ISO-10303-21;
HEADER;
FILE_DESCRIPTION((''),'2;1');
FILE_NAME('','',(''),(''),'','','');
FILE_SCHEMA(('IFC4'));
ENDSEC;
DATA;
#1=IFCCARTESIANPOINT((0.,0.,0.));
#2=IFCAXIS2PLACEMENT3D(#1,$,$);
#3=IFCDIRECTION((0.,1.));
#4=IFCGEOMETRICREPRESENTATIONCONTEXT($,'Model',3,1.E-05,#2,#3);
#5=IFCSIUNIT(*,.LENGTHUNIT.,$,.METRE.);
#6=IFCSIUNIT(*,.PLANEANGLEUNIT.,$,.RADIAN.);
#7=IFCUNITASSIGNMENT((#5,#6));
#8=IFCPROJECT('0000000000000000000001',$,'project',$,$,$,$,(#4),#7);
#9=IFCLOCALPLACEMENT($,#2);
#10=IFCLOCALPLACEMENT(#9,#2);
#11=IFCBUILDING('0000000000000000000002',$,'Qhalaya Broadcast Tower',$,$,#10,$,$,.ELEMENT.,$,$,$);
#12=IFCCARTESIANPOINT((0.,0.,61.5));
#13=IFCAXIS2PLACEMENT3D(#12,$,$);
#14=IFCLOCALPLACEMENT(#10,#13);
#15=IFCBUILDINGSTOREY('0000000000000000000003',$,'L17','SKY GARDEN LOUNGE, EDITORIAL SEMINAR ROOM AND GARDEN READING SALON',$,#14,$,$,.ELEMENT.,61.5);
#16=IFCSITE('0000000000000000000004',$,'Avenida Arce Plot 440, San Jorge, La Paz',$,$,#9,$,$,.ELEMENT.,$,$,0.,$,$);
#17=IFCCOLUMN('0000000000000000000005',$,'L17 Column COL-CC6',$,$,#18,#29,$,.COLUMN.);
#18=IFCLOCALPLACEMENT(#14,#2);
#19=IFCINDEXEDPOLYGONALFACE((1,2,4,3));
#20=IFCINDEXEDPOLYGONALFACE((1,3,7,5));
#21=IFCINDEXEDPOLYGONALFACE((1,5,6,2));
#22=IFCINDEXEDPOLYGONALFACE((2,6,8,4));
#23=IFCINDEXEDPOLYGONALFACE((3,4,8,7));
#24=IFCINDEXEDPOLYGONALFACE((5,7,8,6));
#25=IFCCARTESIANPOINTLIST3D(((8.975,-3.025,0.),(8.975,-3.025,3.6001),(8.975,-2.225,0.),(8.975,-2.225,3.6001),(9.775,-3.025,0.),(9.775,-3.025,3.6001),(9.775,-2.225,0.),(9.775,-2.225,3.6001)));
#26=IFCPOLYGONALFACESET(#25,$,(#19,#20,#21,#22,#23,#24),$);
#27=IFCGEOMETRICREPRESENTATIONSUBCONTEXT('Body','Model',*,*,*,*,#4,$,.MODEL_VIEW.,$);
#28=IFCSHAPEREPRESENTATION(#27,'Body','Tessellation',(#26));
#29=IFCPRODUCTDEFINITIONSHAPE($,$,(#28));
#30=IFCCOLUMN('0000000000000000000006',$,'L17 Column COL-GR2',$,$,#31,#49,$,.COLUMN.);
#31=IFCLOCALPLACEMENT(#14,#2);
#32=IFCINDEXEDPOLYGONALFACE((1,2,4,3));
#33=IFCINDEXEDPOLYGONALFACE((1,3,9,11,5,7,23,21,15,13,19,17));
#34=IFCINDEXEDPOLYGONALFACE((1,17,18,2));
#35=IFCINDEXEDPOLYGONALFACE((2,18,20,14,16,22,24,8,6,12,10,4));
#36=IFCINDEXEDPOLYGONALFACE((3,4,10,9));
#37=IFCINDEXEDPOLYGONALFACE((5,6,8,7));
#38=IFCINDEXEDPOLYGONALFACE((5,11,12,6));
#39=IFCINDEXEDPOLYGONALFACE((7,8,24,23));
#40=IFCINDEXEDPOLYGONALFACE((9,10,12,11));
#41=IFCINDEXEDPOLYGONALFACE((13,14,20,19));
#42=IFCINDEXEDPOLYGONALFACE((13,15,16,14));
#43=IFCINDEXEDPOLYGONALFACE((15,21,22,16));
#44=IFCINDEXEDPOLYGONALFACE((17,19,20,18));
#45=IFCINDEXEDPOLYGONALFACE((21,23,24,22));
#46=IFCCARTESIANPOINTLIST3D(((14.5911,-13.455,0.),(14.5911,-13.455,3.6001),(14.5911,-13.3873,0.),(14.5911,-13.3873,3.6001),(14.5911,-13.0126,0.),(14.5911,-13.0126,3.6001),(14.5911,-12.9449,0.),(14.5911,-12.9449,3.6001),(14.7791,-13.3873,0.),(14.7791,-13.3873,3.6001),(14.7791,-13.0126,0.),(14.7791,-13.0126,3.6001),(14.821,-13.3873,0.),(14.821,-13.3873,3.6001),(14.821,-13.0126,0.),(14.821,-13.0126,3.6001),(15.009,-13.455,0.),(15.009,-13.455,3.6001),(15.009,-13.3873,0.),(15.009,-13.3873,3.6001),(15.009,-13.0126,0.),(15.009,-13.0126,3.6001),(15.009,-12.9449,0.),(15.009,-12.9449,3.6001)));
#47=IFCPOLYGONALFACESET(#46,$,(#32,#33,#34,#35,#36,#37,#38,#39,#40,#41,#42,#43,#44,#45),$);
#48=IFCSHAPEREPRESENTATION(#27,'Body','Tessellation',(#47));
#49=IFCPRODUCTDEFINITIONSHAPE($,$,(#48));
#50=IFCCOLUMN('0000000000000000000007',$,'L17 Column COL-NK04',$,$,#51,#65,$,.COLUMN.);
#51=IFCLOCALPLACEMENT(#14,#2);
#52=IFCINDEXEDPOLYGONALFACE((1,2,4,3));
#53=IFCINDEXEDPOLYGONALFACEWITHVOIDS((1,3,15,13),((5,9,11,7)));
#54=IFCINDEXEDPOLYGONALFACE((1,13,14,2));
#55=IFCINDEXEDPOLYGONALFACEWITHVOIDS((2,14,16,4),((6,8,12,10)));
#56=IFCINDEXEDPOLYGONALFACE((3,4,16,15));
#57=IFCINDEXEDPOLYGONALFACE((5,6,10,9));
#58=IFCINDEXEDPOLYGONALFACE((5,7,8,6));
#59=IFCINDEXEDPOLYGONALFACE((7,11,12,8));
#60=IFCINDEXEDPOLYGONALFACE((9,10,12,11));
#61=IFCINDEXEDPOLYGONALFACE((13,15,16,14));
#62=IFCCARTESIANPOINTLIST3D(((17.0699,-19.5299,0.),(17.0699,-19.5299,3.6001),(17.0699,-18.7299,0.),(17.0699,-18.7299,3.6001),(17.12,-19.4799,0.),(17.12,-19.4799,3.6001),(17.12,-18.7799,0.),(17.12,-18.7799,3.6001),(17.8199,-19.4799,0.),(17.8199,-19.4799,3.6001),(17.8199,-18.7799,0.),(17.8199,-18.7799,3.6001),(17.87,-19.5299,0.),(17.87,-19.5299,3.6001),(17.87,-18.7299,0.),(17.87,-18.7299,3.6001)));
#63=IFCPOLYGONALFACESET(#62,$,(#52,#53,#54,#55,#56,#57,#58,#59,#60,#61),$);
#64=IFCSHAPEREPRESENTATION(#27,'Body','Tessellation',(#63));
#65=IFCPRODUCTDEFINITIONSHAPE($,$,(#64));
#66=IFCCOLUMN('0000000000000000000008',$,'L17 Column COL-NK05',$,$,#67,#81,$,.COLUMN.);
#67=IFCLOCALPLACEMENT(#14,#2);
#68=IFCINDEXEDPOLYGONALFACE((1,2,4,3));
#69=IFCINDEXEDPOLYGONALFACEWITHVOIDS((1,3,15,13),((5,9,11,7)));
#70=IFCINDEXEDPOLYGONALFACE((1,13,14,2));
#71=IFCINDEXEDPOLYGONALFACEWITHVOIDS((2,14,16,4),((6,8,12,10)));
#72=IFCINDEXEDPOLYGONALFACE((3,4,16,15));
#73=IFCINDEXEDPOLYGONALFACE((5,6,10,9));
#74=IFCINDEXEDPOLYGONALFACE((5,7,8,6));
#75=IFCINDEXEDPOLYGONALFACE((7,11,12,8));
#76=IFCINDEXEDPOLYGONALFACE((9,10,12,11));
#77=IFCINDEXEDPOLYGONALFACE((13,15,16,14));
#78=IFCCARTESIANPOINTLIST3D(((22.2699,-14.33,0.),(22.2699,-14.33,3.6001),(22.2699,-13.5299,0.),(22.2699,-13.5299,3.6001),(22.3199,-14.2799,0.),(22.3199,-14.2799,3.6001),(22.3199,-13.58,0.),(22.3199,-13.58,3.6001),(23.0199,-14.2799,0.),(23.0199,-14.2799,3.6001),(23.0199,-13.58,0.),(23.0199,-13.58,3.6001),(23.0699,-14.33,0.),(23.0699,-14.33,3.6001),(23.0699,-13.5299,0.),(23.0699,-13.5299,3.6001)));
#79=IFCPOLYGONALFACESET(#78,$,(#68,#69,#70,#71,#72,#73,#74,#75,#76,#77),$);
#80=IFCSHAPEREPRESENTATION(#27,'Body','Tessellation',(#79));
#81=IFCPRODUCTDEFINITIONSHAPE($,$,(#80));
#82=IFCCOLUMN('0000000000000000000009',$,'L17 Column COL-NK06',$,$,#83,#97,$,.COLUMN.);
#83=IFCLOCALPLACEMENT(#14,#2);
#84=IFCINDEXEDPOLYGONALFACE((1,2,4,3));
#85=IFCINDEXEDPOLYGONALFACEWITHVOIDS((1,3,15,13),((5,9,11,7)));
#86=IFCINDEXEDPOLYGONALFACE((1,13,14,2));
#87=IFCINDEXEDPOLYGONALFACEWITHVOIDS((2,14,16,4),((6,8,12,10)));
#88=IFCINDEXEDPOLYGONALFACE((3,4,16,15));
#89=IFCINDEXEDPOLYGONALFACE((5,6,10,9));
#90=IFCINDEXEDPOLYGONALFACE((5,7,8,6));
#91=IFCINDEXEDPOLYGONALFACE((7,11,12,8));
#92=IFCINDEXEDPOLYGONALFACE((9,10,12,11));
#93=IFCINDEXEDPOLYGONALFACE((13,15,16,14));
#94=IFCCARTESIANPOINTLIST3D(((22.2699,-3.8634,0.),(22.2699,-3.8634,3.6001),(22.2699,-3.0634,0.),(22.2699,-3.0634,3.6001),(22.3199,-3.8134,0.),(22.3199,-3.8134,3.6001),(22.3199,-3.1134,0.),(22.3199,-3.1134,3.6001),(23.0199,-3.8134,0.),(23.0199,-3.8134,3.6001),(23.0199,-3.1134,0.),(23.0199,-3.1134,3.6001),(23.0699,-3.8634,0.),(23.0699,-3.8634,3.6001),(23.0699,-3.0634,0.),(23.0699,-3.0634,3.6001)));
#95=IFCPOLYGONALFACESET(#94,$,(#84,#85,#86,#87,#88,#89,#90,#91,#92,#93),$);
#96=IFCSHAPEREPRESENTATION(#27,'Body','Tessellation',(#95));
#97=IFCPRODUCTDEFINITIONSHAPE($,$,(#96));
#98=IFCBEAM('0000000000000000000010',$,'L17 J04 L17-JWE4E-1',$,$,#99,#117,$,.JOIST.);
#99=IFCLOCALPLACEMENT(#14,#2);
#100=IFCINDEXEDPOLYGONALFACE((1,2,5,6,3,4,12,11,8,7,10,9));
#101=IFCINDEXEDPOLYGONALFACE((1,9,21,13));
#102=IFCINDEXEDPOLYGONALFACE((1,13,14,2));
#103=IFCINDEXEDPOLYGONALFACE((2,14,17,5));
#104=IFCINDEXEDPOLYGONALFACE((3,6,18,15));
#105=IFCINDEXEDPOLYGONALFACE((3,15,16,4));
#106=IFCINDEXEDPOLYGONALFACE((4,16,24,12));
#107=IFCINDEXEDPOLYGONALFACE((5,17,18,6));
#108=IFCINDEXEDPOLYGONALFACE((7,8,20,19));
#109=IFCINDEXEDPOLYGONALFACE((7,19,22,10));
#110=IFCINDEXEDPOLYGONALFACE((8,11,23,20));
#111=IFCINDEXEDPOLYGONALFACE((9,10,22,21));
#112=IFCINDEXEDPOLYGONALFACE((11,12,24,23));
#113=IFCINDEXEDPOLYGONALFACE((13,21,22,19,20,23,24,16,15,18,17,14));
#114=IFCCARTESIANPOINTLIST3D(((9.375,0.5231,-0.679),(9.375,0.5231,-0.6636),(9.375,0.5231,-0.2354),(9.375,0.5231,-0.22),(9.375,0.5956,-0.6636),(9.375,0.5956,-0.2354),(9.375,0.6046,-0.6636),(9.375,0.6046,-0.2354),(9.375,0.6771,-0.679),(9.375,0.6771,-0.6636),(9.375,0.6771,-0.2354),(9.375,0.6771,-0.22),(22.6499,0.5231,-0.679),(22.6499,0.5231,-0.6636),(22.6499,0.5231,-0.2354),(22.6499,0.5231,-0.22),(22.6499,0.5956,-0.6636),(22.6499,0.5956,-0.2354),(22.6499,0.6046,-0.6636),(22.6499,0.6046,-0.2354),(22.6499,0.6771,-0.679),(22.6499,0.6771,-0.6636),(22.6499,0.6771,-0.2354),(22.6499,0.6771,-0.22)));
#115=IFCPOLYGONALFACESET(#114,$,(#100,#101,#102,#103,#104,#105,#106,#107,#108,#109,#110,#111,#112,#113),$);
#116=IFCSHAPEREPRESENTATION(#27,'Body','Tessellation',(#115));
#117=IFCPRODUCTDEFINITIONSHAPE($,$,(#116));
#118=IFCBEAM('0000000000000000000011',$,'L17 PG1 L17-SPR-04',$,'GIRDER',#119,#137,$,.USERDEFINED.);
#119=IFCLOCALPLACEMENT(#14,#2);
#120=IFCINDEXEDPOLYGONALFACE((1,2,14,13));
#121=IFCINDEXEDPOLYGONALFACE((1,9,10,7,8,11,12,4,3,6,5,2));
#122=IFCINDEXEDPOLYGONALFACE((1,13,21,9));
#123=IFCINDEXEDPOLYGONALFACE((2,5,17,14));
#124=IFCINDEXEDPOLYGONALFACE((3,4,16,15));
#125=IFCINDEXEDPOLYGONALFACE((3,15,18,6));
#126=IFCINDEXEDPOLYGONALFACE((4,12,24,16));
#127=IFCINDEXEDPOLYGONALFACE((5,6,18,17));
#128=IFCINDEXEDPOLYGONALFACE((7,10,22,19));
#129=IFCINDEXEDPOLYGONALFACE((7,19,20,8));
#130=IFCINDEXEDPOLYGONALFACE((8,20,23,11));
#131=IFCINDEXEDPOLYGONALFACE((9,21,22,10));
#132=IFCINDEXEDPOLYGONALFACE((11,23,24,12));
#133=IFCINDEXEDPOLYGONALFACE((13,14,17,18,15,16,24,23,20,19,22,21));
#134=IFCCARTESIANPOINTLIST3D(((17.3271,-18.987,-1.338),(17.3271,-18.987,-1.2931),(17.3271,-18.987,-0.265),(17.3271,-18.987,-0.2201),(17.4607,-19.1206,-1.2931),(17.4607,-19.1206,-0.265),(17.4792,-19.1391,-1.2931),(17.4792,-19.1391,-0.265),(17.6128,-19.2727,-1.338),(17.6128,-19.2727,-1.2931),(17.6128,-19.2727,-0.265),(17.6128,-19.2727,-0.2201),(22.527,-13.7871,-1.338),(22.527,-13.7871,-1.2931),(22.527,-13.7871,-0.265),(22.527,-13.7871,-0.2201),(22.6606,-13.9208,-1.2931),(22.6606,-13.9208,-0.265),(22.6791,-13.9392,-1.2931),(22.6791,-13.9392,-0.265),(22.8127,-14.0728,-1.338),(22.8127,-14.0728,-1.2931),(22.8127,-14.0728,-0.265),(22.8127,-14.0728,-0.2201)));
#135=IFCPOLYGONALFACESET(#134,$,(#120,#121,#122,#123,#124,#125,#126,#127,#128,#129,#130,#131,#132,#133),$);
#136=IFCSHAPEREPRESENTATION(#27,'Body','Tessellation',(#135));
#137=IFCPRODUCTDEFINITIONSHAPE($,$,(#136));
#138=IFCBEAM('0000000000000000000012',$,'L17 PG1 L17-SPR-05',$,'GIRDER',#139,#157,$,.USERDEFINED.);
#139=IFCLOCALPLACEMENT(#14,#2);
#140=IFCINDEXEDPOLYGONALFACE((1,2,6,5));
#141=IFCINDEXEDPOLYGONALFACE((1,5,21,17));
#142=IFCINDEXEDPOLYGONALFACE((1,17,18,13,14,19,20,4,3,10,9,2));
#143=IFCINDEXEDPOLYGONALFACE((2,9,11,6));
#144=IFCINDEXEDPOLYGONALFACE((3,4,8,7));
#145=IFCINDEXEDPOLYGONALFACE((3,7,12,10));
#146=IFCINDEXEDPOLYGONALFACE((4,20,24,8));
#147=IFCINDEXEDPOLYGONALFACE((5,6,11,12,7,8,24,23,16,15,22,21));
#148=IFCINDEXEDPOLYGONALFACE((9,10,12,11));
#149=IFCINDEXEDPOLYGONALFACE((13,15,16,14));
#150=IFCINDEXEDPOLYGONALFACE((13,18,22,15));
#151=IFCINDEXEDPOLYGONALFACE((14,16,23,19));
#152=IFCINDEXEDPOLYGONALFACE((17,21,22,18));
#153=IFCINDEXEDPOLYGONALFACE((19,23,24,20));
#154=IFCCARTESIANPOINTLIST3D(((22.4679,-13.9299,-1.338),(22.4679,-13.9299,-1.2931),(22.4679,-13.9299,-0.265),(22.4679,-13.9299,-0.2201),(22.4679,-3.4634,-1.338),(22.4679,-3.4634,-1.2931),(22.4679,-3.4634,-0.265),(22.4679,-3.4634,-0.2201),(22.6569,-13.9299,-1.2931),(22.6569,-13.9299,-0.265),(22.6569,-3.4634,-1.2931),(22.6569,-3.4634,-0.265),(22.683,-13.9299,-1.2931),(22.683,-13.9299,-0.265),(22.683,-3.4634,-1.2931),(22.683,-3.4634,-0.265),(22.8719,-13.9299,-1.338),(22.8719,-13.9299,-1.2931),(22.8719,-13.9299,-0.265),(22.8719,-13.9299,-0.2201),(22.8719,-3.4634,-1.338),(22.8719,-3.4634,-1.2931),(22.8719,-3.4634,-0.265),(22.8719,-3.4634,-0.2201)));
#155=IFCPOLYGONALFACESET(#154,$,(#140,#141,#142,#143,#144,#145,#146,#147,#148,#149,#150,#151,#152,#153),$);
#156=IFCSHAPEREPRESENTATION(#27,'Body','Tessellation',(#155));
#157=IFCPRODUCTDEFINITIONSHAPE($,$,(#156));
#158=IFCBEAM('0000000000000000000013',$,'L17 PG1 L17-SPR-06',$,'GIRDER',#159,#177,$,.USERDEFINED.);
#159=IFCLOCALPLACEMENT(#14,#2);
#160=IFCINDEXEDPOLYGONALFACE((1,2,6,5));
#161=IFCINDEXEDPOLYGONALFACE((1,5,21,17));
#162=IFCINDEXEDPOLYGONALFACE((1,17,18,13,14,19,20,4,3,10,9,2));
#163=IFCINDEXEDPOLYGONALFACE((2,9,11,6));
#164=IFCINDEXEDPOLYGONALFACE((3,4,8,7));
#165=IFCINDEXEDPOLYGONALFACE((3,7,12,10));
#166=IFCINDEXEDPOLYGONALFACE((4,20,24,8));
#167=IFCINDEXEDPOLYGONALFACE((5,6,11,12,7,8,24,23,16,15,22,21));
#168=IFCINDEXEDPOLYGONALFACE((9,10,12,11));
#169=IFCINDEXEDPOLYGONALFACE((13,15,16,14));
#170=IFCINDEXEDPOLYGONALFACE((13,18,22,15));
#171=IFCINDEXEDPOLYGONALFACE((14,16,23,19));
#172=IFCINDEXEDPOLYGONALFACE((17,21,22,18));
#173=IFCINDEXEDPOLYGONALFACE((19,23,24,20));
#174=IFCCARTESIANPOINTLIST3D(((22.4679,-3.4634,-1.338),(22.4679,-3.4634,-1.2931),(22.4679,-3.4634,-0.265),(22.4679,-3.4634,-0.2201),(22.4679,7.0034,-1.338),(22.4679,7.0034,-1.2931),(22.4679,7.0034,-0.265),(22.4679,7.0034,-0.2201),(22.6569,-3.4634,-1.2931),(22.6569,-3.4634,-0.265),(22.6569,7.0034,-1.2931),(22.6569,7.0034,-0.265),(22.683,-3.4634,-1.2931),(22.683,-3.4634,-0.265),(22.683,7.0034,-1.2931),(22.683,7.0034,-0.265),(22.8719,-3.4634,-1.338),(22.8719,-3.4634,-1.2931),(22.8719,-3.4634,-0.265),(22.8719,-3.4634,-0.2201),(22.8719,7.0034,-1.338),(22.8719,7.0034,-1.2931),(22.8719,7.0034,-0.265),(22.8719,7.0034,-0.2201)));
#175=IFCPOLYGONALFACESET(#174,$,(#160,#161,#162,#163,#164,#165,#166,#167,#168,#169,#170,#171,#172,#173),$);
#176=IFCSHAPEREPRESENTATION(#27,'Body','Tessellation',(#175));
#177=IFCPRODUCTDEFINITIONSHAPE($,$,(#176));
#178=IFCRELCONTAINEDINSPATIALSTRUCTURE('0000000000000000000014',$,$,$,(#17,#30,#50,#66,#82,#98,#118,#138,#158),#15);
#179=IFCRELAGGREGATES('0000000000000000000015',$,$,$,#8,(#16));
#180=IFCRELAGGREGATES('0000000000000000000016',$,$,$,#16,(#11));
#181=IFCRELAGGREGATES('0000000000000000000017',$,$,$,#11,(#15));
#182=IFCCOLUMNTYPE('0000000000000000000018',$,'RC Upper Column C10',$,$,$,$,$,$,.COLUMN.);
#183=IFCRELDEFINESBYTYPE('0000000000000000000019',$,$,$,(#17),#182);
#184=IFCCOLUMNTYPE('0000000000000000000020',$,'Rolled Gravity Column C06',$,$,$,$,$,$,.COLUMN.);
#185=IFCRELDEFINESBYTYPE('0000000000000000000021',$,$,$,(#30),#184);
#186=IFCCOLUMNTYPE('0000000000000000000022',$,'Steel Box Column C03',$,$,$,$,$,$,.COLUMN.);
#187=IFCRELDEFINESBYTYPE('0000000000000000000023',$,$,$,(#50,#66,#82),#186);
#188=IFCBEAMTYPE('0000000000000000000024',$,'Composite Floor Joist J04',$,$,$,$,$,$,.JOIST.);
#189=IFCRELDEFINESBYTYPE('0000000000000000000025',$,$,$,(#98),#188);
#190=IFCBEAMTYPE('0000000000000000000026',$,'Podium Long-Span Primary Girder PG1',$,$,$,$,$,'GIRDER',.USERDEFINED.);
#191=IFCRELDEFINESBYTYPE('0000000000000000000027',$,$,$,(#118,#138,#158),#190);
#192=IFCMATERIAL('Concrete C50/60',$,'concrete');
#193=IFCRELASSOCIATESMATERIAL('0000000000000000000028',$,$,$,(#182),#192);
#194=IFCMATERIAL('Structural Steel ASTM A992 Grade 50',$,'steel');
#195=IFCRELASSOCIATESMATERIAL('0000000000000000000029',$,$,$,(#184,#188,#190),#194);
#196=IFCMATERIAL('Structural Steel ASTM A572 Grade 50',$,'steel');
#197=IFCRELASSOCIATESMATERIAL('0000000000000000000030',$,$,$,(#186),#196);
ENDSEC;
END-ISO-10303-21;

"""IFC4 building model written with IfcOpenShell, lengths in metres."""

from ifc_helpers import new_model, si_unit, direction, frame, origin, origin_2d, place, context, subcontext, project, spatial, rectangle, hollow_rectangle, i_section, extrude, material, material_profile, profile_set, type_object, element, save


model = new_model("IFC4")

# Units and contexts
model_context = context("Model", 3, precision=1e-05, world=origin(), true_north=direction((0.0, 1.0)))
body_context = subcontext(model_context, "Body", "Model", "MODEL_VIEW")
ifc_project = project(units=[si_unit("LENGTHUNIT", "METRE"), si_unit("PLANEANGLEUNIT", "RADIAN")], contexts=[model_context])

# Site, building, storey
site_placement = place(None, origin())
site = spatial("IfcSite", under=ifc_project, at=site_placement, Name="Avenida Arce Plot 440, San Jorge, La Paz", CompositionType="ELEMENT", RefElevation=0.0)
building_placement = place(site_placement, origin())
building = spatial("IfcBuilding", under=site, at=building_placement, Name="Qhalaya Broadcast Tower", CompositionType="ELEMENT")
storey_placement = place(building_placement, frame((0.0, 0.0, 61.5)))
storey = spatial("IfcBuildingStorey", under=building, at=storey_placement, Name="L17", Description="SKY GARDEN LOUNGE, EDITORIAL SEMINAR ROOM AND GARDEN READING SALON", CompositionType="ELEMENT", Elevation=61.5)

# Columns
ifc_material_1 = material(Name="Concrete C50/60", Category="concrete")
ifc_material_profile_1 = material_profile(ifc_material_1, rectangle(XDim=0.8, YDim=0.8, at=origin_2d()), Name="RC-COL 800x800")
ifc_profile_set_1 = profile_set([ifc_material_profile_1], Name="Concrete C50/60")
column_type_1 = type_object("IfcColumnType", Name="RC Upper Column C10", PredefinedType="COLUMN", material=ifc_profile_set_1)
column_1_placement = place(storey_placement, frame((9.375, -2.625, 0.0), z_axis=(0.0, 0.0, 1.0), x_axis=(1.0, 0.0, 0.0)))
element("IfcColumn", 1, at=column_1_placement, inside=storey, type_object=column_type_1, Name="L17 Column COL-CC6", PredefinedType="COLUMN", context=body_context, shape_type="SweptSolid", body=[
    extrude(rectangle(XDim=0.8, YDim=0.8, at=origin_2d()), origin(), (0.0, 0.0, 1.0), 3.6001),
])
ifc_material_2 = material(Name="Structural Steel ASTM A992 Grade 50", Category="steel")
ifc_material_profile_2 = material_profile(ifc_material_2, i_section(OverallWidth=0.418, OverallDepth=0.51, WebThickness=0.042, FlangeThickness=0.0676, at=origin_2d()), Name="W14X370")
ifc_profile_set_2 = profile_set([ifc_material_profile_2], Name="Structural Steel ASTM A992 Grade 50")
column_type_2 = type_object("IfcColumnType", Name="Rolled Gravity Column C06", PredefinedType="COLUMN", material=ifc_profile_set_2)
column_2_placement = place(storey_placement, frame((14.8, -13.2, 0.0), z_axis=(0.0, 0.0, 1.0), x_axis=(1.0, 0.0, 0.0)))
element("IfcColumn", 2, at=column_2_placement, inside=storey, type_object=column_type_2, Name="L17 Column COL-GR2", PredefinedType="COLUMN", context=body_context, shape_type="SweptSolid", body=[
    extrude(i_section(OverallWidth=0.418, OverallDepth=0.51, WebThickness=0.042, FlangeThickness=0.0676, at=origin_2d()), origin(), (0.0, 0.0, 1.0), 3.6001),
])
ifc_material_3 = material(Name="Structural Steel ASTM A572 Grade 50", Category="steel")
ifc_material_profile_3 = material_profile(ifc_material_3, hollow_rectangle(XDim=0.8, YDim=0.8, WallThickness=0.05, at=origin_2d()), Name="BOX 800x800x50")
ifc_profile_set_3 = profile_set([ifc_material_profile_3], Name="Structural Steel ASTM A572 Grade 50")
column_type_3 = type_object("IfcColumnType", Name="Steel Box Column C03", PredefinedType="COLUMN", material=ifc_profile_set_3)
for number, where, z_axis, x_axis, name in (
    (3, (17.47, -19.1299, 0.0), (0.0, 0.0, 1.0), (1.0, 0.0, 0.0), "L17 Column COL-NK04"),
    (4, (22.6699, -13.9299, 0.0), (0.0, 0.0, 1.0), (0.0, 1.0, 0.0), "L17 Column COL-NK05"),
    (5, (22.6699, -3.4634, 0.0), (0.0, 0.0, 1.0), (0.0, 1.0, 0.0), "L17 Column COL-NK06"),
):
    element("IfcColumn", number, at=place(storey_placement, frame(where, z_axis=z_axis, x_axis=x_axis)), inside=storey, type_object=column_type_3, Name=name, PredefinedType="COLUMN", context=body_context, shape_type="SweptSolid", body=[
        extrude(hollow_rectangle(XDim=0.8, YDim=0.8, WallThickness=0.05, at=origin_2d()), origin(), (0.0, 0.0, 1.0), 3.6001),
    ])

# Beams
ifc_material_profile_4 = material_profile(ifc_material_2, i_section(OverallWidth=0.1541, OverallDepth=0.459, WebThickness=0.009, FlangeThickness=0.0154, at=origin_2d()), Name="W18X46")
ifc_profile_set_4 = profile_set([ifc_material_profile_4], Name="Structural Steel ASTM A992 Grade 50")
beam_type_1 = type_object("IfcBeamType", Name="Composite Floor Joist J04", PredefinedType="JOIST", material=ifc_profile_set_4)
beam_1_placement = place(storey_placement, frame((9.375, 0.6001, -0.4495), z_axis=(1.0, 0.0, 0.0), x_axis=(0.0, 1.0, 0.0)))
element("IfcBeam", 6, at=beam_1_placement, inside=storey, type_object=beam_type_1, Name="L17 J04 L17-JWE4E-1", PredefinedType="JOIST", context=body_context, shape_type="SweptSolid", body=[
    extrude(i_section(OverallWidth=0.1541, OverallDepth=0.459, WebThickness=0.009, FlangeThickness=0.0154, at=origin_2d()), origin(), (0.0, 0.0, 1.0), 13.2749),
])
ifc_material_profile_5 = material_profile(ifc_material_2, i_section(OverallWidth=0.4041, OverallDepth=1.1179, WebThickness=0.0261, FlangeThickness=0.0449, at=origin_2d()), Name="W44X335")
ifc_profile_set_5 = profile_set([ifc_material_profile_5], Name="Structural Steel ASTM A992 Grade 50")
beam_type_2 = type_object("IfcBeamType", Name="Podium Long-Span Primary Girder PG1", ElementType="GIRDER", PredefinedType="USERDEFINED", material=ifc_profile_set_5)
beam_2_placement = place(storey_placement, frame((17.47, -19.1299, -0.7791), z_axis=(0.707107, 0.707107, 0.0), x_axis=(-0.707107, 0.707107, 0.0)))
element("IfcBeam", 7, at=beam_2_placement, inside=storey, type_object=beam_type_2, Name="L17 PG1 L17-SPR-04", ObjectType="GIRDER", PredefinedType="USERDEFINED", context=body_context, shape_type="SweptSolid", body=[
    extrude(i_section(OverallWidth=0.4041, OverallDepth=1.1179, WebThickness=0.0261, FlangeThickness=0.0449, at=origin_2d()), origin(), (0.0, 0.0, 1.0), 7.3538),
])
beam_3_placement = place(storey_placement, frame((22.6699, -13.9299, -0.7791), z_axis=(0.0, 1.0, 0.0), x_axis=(-1.0, 0.0, 0.0)))
element("IfcBeam", 8, at=beam_3_placement, inside=storey, type_object=beam_type_2, Name="L17 PG1 L17-SPR-05", ObjectType="GIRDER", PredefinedType="USERDEFINED", context=body_context, shape_type="SweptSolid", body=[
    extrude(i_section(OverallWidth=0.4041, OverallDepth=1.1179, WebThickness=0.0261, FlangeThickness=0.0449, at=origin_2d()), origin(), (0.0, 0.0, 1.0), 10.4666),
])
beam_4_placement = place(storey_placement, frame((22.6699, -3.4634, -0.7791), z_axis=(0.0, 1.0, 0.0), x_axis=(-1.0, 0.0, 0.0)))
element("IfcBeam", 9, at=beam_4_placement, inside=storey, type_object=beam_type_2, Name="L17 PG1 L17-SPR-06", ObjectType="GIRDER", PredefinedType="USERDEFINED", context=body_context, shape_type="SweptSolid", body=[
    extrude(i_section(OverallWidth=0.4041, OverallDepth=1.1179, WebThickness=0.0261, FlangeThickness=0.0449, at=origin_2d()), origin(), (0.0, 0.0, 1.0), 10.4668),
])

save(model, "model.ifc")
